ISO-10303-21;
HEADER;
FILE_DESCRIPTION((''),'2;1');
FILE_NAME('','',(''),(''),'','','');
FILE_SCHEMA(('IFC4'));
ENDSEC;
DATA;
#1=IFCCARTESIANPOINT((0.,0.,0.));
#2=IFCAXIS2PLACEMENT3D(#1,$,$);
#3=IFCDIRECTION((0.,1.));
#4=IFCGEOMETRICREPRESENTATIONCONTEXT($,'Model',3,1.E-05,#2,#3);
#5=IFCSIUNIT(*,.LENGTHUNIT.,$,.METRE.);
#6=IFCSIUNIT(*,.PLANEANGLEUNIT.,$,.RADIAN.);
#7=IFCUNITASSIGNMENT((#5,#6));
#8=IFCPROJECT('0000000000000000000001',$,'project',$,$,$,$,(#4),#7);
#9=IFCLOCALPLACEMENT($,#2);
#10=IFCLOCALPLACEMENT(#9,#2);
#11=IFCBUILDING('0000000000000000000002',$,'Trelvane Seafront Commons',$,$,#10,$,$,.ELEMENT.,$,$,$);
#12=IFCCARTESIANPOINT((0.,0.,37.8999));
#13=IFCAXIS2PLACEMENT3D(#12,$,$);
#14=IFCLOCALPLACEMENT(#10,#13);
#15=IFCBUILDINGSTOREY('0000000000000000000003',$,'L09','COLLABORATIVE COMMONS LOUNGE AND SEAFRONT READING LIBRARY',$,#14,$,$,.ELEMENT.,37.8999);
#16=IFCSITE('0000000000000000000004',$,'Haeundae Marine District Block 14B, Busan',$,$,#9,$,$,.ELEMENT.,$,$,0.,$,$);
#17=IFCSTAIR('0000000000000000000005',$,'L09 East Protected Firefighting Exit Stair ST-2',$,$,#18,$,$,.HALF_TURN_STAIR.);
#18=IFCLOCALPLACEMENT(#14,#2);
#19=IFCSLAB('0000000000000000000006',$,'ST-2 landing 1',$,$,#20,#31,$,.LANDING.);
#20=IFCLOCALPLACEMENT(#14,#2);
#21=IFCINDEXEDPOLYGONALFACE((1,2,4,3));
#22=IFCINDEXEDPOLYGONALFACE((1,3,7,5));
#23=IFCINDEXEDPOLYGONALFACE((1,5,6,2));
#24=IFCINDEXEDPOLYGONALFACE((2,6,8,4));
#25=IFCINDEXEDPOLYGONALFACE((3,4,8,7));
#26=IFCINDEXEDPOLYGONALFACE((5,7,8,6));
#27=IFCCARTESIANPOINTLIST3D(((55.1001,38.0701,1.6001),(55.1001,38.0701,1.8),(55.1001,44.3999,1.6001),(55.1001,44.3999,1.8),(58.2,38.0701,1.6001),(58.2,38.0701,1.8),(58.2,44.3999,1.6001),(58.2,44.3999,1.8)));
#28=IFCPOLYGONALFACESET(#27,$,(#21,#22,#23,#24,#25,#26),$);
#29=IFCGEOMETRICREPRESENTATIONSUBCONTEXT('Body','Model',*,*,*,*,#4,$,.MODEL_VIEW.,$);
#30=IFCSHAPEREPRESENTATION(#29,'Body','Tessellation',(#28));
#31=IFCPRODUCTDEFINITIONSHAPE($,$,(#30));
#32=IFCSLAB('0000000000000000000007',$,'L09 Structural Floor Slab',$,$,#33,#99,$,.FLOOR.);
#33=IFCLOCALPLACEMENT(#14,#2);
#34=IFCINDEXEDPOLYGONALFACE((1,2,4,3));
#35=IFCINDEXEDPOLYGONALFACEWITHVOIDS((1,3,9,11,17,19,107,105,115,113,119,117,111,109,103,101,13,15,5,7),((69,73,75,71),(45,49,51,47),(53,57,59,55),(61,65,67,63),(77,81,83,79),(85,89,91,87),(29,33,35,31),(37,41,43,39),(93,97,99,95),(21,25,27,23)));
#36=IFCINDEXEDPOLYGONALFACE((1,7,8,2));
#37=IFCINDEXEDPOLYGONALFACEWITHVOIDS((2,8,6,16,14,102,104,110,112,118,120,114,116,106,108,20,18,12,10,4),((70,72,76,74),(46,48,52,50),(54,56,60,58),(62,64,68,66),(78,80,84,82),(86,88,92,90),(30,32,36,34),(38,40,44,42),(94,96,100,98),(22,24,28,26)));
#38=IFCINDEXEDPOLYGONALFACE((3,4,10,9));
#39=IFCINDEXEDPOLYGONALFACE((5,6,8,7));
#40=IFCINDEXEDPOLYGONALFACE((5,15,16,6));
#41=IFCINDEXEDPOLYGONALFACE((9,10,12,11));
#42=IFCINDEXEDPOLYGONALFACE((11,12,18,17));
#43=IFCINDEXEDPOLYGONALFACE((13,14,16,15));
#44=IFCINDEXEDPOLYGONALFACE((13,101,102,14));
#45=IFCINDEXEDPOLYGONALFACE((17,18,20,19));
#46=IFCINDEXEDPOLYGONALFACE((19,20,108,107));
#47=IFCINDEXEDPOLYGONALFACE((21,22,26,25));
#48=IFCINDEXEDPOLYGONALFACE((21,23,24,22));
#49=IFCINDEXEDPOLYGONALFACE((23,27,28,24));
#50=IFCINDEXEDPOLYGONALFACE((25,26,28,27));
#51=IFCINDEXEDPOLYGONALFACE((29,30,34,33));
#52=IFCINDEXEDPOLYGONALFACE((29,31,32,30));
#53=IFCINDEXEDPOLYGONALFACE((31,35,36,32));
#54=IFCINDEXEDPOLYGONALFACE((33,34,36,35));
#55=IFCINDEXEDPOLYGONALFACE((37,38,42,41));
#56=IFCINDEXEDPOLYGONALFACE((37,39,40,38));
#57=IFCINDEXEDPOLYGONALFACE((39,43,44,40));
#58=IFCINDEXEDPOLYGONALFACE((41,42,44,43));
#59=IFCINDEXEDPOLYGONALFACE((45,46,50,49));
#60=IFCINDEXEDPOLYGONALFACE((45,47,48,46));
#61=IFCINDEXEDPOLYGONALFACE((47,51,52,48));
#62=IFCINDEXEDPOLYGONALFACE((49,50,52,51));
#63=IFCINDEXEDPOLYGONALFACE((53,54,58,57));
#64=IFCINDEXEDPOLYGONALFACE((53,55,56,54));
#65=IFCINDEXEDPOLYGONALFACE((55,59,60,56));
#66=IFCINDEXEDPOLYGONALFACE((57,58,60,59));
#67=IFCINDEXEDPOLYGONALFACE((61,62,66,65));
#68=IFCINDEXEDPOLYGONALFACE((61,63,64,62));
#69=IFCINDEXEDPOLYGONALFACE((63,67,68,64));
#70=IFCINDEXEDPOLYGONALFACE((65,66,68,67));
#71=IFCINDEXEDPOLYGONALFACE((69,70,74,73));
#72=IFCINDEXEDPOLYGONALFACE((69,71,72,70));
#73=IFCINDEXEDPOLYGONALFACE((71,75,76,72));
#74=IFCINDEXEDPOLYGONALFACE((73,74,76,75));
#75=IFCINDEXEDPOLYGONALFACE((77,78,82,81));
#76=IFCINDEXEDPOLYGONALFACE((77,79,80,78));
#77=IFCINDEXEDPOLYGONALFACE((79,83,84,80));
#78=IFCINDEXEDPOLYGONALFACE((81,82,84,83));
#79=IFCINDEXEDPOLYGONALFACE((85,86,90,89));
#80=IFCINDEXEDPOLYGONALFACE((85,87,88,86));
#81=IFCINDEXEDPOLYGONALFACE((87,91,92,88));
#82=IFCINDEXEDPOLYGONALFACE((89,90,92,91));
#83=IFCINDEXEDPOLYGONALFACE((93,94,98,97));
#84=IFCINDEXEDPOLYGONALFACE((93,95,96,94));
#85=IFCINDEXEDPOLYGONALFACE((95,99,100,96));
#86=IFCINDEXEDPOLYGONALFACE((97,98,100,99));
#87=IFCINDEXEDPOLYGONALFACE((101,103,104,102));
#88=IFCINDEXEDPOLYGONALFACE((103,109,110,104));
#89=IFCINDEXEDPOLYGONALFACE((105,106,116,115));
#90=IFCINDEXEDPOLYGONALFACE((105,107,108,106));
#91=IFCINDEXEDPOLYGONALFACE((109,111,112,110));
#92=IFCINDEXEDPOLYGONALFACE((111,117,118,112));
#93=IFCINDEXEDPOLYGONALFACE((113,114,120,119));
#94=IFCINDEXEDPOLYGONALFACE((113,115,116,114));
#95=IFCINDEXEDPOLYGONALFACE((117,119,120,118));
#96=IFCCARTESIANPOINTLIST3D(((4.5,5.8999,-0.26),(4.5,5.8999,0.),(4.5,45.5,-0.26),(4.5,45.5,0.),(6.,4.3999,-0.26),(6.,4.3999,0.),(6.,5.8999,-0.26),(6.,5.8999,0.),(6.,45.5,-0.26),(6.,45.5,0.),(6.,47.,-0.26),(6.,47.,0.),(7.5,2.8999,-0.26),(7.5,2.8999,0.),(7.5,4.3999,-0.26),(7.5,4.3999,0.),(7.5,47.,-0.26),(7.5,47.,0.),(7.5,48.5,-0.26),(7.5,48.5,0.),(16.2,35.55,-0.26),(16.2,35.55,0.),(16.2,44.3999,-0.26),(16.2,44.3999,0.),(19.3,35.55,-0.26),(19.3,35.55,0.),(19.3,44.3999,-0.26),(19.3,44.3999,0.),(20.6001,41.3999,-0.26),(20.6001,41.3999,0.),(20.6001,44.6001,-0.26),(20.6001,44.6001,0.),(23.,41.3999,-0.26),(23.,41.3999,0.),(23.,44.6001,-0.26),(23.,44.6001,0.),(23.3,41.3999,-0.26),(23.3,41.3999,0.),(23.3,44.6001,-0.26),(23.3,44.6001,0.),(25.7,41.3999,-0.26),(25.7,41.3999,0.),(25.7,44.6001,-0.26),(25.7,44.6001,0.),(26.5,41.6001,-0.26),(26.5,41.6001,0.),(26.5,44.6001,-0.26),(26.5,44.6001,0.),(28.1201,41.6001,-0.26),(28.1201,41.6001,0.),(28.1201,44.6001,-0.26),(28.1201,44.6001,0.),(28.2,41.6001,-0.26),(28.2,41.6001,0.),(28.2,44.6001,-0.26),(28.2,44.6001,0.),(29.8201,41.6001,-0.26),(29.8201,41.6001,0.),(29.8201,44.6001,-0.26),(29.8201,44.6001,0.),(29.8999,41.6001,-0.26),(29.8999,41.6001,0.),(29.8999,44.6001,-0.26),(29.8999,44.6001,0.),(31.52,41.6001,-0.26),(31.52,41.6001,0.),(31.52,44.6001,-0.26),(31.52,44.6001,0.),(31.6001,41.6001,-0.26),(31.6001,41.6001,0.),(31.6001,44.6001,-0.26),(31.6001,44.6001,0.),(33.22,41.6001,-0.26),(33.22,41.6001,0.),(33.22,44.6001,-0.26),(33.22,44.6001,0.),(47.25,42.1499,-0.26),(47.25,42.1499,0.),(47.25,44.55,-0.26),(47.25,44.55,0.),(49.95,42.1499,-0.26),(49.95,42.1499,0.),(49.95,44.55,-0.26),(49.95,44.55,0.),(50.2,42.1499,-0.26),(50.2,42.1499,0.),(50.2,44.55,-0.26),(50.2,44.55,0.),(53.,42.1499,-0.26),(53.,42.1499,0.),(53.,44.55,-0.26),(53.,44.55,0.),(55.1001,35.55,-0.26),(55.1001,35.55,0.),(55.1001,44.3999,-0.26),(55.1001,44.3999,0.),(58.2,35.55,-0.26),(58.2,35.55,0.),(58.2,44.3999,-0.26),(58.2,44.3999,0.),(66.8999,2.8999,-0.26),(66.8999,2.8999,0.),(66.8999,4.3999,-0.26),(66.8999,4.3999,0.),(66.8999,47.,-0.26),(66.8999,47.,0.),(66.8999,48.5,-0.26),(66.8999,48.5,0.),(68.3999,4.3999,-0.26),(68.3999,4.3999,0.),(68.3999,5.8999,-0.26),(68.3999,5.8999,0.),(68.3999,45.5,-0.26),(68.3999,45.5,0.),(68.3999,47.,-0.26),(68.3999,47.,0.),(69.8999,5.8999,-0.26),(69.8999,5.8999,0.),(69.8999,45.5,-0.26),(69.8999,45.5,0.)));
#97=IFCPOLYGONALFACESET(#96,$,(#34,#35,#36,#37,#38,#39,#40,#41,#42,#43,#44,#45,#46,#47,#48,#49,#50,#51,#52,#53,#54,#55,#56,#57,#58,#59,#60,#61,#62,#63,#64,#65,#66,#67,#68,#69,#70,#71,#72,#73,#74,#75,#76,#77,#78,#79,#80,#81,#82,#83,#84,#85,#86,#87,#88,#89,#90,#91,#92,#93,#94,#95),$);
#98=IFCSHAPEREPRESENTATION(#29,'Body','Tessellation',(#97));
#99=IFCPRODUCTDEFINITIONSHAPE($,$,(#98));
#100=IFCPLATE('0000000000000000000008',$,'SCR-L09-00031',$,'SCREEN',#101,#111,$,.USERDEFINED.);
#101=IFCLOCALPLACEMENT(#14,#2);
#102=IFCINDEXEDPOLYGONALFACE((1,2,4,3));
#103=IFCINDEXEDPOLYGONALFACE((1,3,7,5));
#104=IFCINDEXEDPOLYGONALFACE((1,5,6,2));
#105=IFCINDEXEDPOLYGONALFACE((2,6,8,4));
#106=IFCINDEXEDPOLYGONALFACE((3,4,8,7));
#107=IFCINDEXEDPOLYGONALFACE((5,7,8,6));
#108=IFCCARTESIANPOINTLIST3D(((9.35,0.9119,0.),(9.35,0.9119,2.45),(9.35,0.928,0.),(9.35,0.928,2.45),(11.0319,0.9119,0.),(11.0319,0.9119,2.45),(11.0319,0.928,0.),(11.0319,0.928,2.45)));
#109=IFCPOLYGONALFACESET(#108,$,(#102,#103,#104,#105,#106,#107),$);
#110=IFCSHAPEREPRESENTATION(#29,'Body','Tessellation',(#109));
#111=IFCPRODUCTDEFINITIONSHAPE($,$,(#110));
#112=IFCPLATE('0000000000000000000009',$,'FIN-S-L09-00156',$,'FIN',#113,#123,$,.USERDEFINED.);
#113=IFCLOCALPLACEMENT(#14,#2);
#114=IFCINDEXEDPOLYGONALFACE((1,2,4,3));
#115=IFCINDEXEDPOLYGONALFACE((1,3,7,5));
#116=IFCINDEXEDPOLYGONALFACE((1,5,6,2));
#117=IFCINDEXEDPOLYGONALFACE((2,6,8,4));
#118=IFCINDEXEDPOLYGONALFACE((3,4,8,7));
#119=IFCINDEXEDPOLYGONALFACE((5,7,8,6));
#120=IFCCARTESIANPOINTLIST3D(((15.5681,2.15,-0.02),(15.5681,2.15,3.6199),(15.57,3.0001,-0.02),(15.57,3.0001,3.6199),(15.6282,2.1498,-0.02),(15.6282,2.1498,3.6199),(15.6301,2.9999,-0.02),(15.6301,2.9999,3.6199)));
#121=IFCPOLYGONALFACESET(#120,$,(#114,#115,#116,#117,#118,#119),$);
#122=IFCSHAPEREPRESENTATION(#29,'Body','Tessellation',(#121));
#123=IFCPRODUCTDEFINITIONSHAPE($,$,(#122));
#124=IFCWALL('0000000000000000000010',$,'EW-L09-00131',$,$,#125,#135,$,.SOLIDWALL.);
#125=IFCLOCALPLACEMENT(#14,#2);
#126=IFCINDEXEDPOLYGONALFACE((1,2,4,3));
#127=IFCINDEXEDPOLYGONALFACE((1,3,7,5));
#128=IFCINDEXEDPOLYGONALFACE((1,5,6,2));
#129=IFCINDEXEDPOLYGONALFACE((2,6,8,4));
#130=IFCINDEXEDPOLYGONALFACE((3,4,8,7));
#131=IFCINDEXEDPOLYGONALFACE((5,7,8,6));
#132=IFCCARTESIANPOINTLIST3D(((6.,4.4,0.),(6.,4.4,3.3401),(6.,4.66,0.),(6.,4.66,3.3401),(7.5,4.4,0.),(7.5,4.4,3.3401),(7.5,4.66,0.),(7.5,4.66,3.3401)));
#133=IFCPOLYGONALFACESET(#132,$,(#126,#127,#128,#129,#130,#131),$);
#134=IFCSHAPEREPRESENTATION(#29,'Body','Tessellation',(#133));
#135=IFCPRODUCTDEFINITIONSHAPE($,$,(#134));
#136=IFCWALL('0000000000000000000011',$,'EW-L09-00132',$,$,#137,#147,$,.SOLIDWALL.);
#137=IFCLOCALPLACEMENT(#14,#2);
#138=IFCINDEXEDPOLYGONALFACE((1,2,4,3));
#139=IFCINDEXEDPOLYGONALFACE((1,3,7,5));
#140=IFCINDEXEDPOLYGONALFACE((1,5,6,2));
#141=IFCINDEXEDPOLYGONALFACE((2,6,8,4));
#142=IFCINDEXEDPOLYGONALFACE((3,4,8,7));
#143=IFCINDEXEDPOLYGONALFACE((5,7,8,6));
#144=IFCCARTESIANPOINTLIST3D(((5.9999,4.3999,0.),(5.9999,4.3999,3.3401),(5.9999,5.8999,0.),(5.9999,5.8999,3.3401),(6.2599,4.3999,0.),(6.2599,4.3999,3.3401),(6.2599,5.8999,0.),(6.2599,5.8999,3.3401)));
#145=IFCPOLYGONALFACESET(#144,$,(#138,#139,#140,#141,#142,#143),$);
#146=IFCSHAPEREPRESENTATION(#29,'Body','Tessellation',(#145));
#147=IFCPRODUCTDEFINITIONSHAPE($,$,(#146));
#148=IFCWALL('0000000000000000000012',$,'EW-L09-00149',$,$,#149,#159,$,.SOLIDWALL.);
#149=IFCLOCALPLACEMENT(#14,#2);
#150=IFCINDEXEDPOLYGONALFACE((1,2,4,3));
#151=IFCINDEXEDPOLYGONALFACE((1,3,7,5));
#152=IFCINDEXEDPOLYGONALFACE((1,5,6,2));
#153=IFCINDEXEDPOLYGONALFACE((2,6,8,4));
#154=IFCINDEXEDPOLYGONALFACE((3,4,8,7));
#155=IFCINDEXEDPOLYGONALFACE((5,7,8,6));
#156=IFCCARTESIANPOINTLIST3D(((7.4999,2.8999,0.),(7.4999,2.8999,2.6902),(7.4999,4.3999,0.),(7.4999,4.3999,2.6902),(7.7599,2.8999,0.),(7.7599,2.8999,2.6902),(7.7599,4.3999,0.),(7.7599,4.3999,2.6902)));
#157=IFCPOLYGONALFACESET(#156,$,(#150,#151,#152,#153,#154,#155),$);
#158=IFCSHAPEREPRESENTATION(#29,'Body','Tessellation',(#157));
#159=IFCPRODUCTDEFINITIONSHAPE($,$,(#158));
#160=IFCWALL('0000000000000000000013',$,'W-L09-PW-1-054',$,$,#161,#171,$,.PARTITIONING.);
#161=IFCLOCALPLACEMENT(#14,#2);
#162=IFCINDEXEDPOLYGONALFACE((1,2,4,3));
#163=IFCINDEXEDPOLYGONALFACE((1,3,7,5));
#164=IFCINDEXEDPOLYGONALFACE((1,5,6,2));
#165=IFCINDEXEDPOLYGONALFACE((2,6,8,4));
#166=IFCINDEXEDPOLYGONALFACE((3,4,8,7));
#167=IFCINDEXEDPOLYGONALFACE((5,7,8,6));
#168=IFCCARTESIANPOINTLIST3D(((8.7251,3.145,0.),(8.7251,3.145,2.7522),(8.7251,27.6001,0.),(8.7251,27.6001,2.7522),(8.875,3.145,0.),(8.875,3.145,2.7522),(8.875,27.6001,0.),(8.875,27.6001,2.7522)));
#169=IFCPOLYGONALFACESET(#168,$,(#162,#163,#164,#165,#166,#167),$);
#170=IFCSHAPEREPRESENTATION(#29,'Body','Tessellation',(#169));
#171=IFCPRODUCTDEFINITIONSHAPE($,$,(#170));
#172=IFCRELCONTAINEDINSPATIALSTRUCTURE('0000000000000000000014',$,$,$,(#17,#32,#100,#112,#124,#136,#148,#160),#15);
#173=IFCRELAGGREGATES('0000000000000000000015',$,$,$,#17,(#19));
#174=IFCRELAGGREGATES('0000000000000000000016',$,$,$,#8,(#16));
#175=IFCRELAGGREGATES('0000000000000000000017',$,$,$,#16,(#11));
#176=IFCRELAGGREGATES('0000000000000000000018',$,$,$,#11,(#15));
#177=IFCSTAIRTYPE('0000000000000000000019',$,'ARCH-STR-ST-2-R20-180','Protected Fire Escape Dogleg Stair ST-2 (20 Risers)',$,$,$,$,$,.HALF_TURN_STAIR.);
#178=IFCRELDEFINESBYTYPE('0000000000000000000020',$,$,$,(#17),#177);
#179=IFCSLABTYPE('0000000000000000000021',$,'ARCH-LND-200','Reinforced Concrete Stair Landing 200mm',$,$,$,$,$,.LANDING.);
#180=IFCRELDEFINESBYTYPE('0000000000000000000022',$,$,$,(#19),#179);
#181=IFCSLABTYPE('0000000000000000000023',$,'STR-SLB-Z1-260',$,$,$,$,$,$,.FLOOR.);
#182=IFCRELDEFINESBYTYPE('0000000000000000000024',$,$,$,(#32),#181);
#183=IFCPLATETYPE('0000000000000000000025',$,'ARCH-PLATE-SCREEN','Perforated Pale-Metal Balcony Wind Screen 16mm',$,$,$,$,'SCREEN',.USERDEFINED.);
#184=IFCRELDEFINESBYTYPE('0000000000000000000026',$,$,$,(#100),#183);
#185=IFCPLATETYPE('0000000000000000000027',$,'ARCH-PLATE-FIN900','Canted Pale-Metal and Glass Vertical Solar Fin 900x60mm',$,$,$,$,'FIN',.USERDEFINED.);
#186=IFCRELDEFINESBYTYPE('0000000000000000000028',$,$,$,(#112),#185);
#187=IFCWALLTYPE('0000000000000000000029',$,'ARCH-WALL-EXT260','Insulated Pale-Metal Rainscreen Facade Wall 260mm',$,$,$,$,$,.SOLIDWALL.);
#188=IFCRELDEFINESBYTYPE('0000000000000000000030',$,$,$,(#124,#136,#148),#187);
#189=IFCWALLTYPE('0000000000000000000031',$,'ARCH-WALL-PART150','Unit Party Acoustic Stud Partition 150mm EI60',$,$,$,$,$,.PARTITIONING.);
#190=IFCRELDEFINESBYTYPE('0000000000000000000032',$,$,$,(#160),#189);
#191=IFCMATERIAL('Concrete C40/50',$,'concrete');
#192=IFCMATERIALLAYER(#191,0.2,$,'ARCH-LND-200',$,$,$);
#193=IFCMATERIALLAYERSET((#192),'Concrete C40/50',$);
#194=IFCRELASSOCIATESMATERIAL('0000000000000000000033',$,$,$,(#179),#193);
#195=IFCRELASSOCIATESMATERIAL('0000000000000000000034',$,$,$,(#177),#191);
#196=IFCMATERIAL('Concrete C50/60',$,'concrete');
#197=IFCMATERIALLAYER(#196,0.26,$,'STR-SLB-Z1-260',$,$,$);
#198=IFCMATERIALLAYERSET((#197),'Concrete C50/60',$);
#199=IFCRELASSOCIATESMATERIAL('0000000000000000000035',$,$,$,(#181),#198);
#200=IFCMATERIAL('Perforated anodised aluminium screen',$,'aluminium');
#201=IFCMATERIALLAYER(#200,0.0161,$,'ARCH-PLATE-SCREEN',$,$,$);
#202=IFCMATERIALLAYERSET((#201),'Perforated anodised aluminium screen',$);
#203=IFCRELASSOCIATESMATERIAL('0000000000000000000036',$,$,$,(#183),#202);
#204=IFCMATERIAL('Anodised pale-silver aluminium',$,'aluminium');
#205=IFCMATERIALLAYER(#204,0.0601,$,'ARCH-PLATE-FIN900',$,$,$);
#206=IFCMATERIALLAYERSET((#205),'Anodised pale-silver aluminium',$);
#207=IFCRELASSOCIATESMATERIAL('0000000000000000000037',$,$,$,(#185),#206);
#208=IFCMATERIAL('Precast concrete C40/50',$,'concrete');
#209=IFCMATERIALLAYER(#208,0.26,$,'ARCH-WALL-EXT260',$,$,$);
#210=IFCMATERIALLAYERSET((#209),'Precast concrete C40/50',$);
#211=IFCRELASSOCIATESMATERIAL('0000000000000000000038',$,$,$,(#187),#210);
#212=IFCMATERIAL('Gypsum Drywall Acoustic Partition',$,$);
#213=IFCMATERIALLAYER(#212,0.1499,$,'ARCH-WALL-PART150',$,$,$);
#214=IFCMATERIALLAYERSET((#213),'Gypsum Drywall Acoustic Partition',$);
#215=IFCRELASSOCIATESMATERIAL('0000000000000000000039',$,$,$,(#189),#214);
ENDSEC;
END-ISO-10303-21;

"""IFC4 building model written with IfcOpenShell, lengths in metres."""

from ifc_helpers import new_model, si_unit, direction, frame, frame_2d, origin, origin_2d, place, context, subcontext, project, spatial, polyline, rectangle, outline, extrude, source, transform, mapped, material, layer, layer_set, type_object, element, aggregate, save


model = new_model("IFC4")

# Units and contexts
model_context = context("Model", 3, precision=1e-05, world=origin(), true_north=direction((0.0, 1.0)))
body_context = subcontext(model_context, "Body", "Model", "MODEL_VIEW")
ifc_project = project(units=[si_unit("LENGTHUNIT", "METRE"), si_unit("PLANEANGLEUNIT", "RADIAN")], contexts=[model_context])

# Site, building, storey
site_placement = place(None, origin())
site = spatial("IfcSite", under=ifc_project, at=site_placement, Name="Haeundae Marine District Block 14B, Busan", CompositionType="ELEMENT", RefElevation=0.0)
building_placement = place(site_placement, origin())
building = spatial("IfcBuilding", under=site, at=building_placement, Name="Trelvane Seafront Commons", CompositionType="ELEMENT")
storey_placement = place(building_placement, frame((0.0, 0.0, 37.8999)))
storey = spatial("IfcBuildingStorey", under=building, at=storey_placement, Name="L09", Description="COLLABORATIVE COMMONS LOUNGE AND SEAFRONT READING LIBRARY", CompositionType="ELEMENT", Elevation=37.8999)

# Shared definitions
ifc_material_1 = material(Name="Concrete C40/50", Category="concrete")

# Stair, slab
ifc_layer_1 = layer(ifc_material_1, 0.2, Name="ARCH-LND-200")
ifc_layer_set_1 = layer_set([ifc_layer_1], Name="Concrete C40/50")
slab_type_1 = type_object("IfcSlabType", Name="ARCH-LND-200", Description="Reinforced Concrete Stair Landing 200mm", PredefinedType="LANDING", material=ifc_layer_set_1)
stair_type_1 = type_object("IfcStairType", Name="ARCH-STR-ST-2-R20-180", Description="Protected Fire Escape Dogleg Stair ST-2 (20 Risers)", PredefinedType="HALF_TURN_STAIR", material=ifc_material_1)
stair_1_placement = place(storey_placement, origin())
stair_1 = element("IfcStair", 1, at=stair_1_placement, inside=storey, type_object=stair_type_1, Name="L09 East Protected Firefighting Exit Stair ST-2", PredefinedType="HALF_TURN_STAIR")
slab_1_placement = place(storey_placement, frame((0.0, 0.0, 1.6001)))
slab_1 = element("IfcSlab", 2, at=slab_1_placement, type_object=slab_type_1, Name="ST-2 landing 1", PredefinedType="LANDING", context=body_context, shape_type="SweptSolid", body=[
    extrude(outline(polyline([(58.2, 38.0701), (58.2, 44.3999), (55.1001, 44.3999), (55.1001, 38.0701), (58.2, 38.0701)])), origin(), (0.0, 0.0, 1.0), 0.2),
])
aggregate(stair_1, [slab_1])

# Slab
ifc_material_2 = material(Name="Concrete C50/60", Category="concrete")
ifc_layer_2 = layer(ifc_material_2, 0.26, Name="STR-SLB-Z1-260")
ifc_layer_set_2 = layer_set([ifc_layer_2], Name="Concrete C50/60")
slab_type_2 = type_object("IfcSlabType", Name="STR-SLB-Z1-260", PredefinedType="FLOOR", material=ifc_layer_set_2)
slab_2_placement = place(storey_placement, frame((0.0, 0.0, -0.26)))
element("IfcSlab", 3, at=slab_2_placement, inside=storey, type_object=slab_type_2, Name="L09 Structural Floor Slab", PredefinedType="FLOOR", context=body_context, shape_type="SweptSolid", body=[
    extrude(outline(polyline([(7.5, 2.8999), (66.8999, 2.8999), (66.8999, 4.3999), (68.3999, 4.3999), (68.3999, 5.8999), (69.8999, 5.8999), (69.8999, 45.5), (68.3999, 45.5), (68.3999, 47.0), (66.8999, 47.0), (66.8999, 48.5), (7.5, 48.5), (7.5, 47.0), (6.0, 47.0), (6.0, 45.5), (4.5, 45.5), (4.5, 5.8999), (6.0, 5.8999), (6.0, 4.3999), (7.5, 4.3999), (7.5, 2.8999)]), holes=[polyline([(19.3, 35.55), (16.2, 35.55), (16.2, 44.3999), (19.3, 44.3999), (19.3, 35.55)]), polyline([(58.2, 35.55), (55.1001, 35.55), (55.1001, 44.3999), (58.2, 44.3999), (58.2, 35.55)]), polyline([(23.0, 41.3999), (20.6001, 41.3999), (20.6001, 44.6001), (23.0, 44.6001), (23.0, 41.3999)]), polyline([(23.3, 41.3999), (23.3, 44.6001), (25.7, 44.6001), (25.7, 41.3999), (23.3, 41.3999)]), polyline([(26.5, 41.6001), (26.5, 44.6001), (28.1201, 44.6001), (28.1201, 41.6001), (26.5, 41.6001)]), polyline([(29.8201, 41.6001), (28.2, 41.6001), (28.2, 44.6001), (29.8201, 44.6001), (29.8201, 41.6001)]), polyline([(31.52, 41.6001), (29.8999, 41.6001), (29.8999, 44.6001), (31.52, 44.6001), (31.52, 41.6001)]), polyline([(33.22, 41.6001), (31.6001, 41.6001), (31.6001, 44.6001), (33.22, 44.6001), (33.22, 41.6001)]), polyline([(47.25, 42.1499), (47.25, 44.55), (49.95, 44.55), (49.95, 42.1499), (47.25, 42.1499)]), polyline([(50.2, 42.1499), (50.2, 44.55), (53.0, 44.55), (53.0, 42.1499), (50.2, 42.1499)])]), origin(), (0.0, 0.0, 1.0), 0.26),
])

# Plates
ifc_material_3 = material(Name="Perforated anodised aluminium screen", Category="aluminium")
ifc_layer_3 = layer(ifc_material_3, 0.0161, Name="ARCH-PLATE-SCREEN")
ifc_layer_set_3 = layer_set([ifc_layer_3], Name="Perforated anodised aluminium screen")
plate_type_1 = type_object("IfcPlateType", Name="ARCH-PLATE-SCREEN", Description="Perforated Pale-Metal Balcony Wind Screen 16mm", ElementType="SCREEN", PredefinedType="USERDEFINED", material=ifc_layer_set_3)
shared_shape_1 = source(origin(), body_context, "Body", "SweptSolid", [
    extrude(rectangle(XDim=1.6819, YDim=0.0161, at=origin_2d()), origin(), (0.0, 0.0, 1.0), 2.45),
])
plate_1_placement = place(storey_placement, frame((10.1909, 0.9199, 0.0), z_axis=(0.0, 0.0, 1.0), x_axis=(1.0, 0.0, 0.0)))
element("IfcPlate", 4, at=plate_1_placement, inside=storey, type_object=plate_type_1, Name="SCR-L09-00031", ObjectType="SCREEN", PredefinedType="USERDEFINED", context=body_context, shape_type="MappedRepresentation", body=[
    mapped(shared_shape_1, transform((0.0, 0.0, 0.0), x_axis=(1.0, 0.0, 0.0), y_axis=(0.0, 1.0, 0.0), z_axis=(0.0, 0.0, 1.0), scale=1.0)),
])
ifc_material_4 = material(Name="Anodised pale-silver aluminium", Category="aluminium")
ifc_layer_4 = layer(ifc_material_4, 0.0601, Name="ARCH-PLATE-FIN900")
ifc_layer_set_4 = layer_set([ifc_layer_4], Name="Anodised pale-silver aluminium")
plate_type_2 = type_object("IfcPlateType", Name="ARCH-PLATE-FIN900", Description="Canted Pale-Metal and Glass Vertical Solar Fin 900x60mm", ElementType="FIN", PredefinedType="USERDEFINED", material=ifc_layer_set_4)
shared_shape_2 = source(origin(), body_context, "Body", "SweptSolid", [
    extrude(rectangle(XDim=0.8501, YDim=0.0601, at=origin_2d()), origin(), (0.0, 0.0, 1.0), 3.6399),
])
plate_2_placement = place(storey_placement, frame((15.5991, 2.575, -0.02), z_axis=(0.0, 0.0, 1.0), x_axis=(-0.002236, -0.999998, 0.0)))
element("IfcPlate", 5, at=plate_2_placement, inside=storey, type_object=plate_type_2, Name="FIN-S-L09-00156", ObjectType="FIN", PredefinedType="USERDEFINED", context=body_context, shape_type="MappedRepresentation", body=[
    mapped(shared_shape_2, transform((0.0, 0.0, 0.0), x_axis=(1.0, 0.0, 0.0), y_axis=(0.0, 1.0, 0.0), z_axis=(0.0, 0.0, 1.0), scale=1.0)),
])

# Walls
ifc_material_5 = material(Name="Precast concrete C40/50", Category="concrete")
ifc_layer_5 = layer(ifc_material_5, 0.26, Name="ARCH-WALL-EXT260")
ifc_layer_set_5 = layer_set([ifc_layer_5], Name="Precast concrete C40/50")
wall_type_1 = type_object("IfcWallType", Name="ARCH-WALL-EXT260", Description="Insulated Pale-Metal Rainscreen Facade Wall 260mm", PredefinedType="SOLIDWALL", material=ifc_layer_set_5)
for number, where, z_axis, x_axis, name in (
    (6, (7.5, 4.53, 0.0), (0.0, 0.0, 1.0), (-1.0, 0.0, 0.0), "EW-L09-00131"),
    (7, (6.1299, 4.3999, 0.0), (0.0, 0.0, 1.0), (0.0, 1.0, 0.0), "EW-L09-00132"),
):
    element("IfcWall", number, at=place(storey_placement, frame(where, z_axis=z_axis, x_axis=x_axis)), inside=storey, type_object=wall_type_1, Name=name, PredefinedType="SOLIDWALL", context=body_context, shape_type="SweptSolid", body=[
        extrude(rectangle(XDim=1.5, YDim=0.26, at=frame_2d((0.75, 0.0))), origin(), (0.0, 0.0, 1.0), 3.3401),
    ])
wall_1_placement = place(storey_placement, frame((7.6299, 2.8999, 0.0), z_axis=(0.0, 0.0, 1.0), x_axis=(0.0, 1.0, 0.0)))
element("IfcWall", 8, at=wall_1_placement, inside=storey, type_object=wall_type_1, Name="EW-L09-00149", PredefinedType="SOLIDWALL", context=body_context, shape_type="SweptSolid", body=[
    extrude(rectangle(XDim=1.5, YDim=0.26, at=frame_2d((0.75, 0.0))), origin(), (0.0, 0.0, 1.0), 2.6902),
])
ifc_material_6 = material(Name="Gypsum Drywall Acoustic Partition")
ifc_layer_6 = layer(ifc_material_6, 0.1499, Name="ARCH-WALL-PART150")
ifc_layer_set_6 = layer_set([ifc_layer_6], Name="Gypsum Drywall Acoustic Partition")
wall_type_2 = type_object("IfcWallType", Name="ARCH-WALL-PART150", Description="Unit Party Acoustic Stud Partition 150mm EI60", PredefinedType="PARTITIONING", material=ifc_layer_set_6)
wall_2_placement = place(storey_placement, frame((8.8, 3.145, 0.0), z_axis=(0.0, 0.0, 1.0), x_axis=(0.0, 1.0, 0.0)))
element("IfcWall", 9, at=wall_2_placement, inside=storey, type_object=wall_type_2, Name="W-L09-PW-1-054", PredefinedType="PARTITIONING", context=body_context, shape_type="SweptSolid", body=[
    extrude(rectangle(XDim=24.4551, YDim=0.1499, at=frame_2d((12.2275, 0.0))), origin(), (0.0, 0.0, 1.0), 2.7522),
])

save(model, "model.ifc")
